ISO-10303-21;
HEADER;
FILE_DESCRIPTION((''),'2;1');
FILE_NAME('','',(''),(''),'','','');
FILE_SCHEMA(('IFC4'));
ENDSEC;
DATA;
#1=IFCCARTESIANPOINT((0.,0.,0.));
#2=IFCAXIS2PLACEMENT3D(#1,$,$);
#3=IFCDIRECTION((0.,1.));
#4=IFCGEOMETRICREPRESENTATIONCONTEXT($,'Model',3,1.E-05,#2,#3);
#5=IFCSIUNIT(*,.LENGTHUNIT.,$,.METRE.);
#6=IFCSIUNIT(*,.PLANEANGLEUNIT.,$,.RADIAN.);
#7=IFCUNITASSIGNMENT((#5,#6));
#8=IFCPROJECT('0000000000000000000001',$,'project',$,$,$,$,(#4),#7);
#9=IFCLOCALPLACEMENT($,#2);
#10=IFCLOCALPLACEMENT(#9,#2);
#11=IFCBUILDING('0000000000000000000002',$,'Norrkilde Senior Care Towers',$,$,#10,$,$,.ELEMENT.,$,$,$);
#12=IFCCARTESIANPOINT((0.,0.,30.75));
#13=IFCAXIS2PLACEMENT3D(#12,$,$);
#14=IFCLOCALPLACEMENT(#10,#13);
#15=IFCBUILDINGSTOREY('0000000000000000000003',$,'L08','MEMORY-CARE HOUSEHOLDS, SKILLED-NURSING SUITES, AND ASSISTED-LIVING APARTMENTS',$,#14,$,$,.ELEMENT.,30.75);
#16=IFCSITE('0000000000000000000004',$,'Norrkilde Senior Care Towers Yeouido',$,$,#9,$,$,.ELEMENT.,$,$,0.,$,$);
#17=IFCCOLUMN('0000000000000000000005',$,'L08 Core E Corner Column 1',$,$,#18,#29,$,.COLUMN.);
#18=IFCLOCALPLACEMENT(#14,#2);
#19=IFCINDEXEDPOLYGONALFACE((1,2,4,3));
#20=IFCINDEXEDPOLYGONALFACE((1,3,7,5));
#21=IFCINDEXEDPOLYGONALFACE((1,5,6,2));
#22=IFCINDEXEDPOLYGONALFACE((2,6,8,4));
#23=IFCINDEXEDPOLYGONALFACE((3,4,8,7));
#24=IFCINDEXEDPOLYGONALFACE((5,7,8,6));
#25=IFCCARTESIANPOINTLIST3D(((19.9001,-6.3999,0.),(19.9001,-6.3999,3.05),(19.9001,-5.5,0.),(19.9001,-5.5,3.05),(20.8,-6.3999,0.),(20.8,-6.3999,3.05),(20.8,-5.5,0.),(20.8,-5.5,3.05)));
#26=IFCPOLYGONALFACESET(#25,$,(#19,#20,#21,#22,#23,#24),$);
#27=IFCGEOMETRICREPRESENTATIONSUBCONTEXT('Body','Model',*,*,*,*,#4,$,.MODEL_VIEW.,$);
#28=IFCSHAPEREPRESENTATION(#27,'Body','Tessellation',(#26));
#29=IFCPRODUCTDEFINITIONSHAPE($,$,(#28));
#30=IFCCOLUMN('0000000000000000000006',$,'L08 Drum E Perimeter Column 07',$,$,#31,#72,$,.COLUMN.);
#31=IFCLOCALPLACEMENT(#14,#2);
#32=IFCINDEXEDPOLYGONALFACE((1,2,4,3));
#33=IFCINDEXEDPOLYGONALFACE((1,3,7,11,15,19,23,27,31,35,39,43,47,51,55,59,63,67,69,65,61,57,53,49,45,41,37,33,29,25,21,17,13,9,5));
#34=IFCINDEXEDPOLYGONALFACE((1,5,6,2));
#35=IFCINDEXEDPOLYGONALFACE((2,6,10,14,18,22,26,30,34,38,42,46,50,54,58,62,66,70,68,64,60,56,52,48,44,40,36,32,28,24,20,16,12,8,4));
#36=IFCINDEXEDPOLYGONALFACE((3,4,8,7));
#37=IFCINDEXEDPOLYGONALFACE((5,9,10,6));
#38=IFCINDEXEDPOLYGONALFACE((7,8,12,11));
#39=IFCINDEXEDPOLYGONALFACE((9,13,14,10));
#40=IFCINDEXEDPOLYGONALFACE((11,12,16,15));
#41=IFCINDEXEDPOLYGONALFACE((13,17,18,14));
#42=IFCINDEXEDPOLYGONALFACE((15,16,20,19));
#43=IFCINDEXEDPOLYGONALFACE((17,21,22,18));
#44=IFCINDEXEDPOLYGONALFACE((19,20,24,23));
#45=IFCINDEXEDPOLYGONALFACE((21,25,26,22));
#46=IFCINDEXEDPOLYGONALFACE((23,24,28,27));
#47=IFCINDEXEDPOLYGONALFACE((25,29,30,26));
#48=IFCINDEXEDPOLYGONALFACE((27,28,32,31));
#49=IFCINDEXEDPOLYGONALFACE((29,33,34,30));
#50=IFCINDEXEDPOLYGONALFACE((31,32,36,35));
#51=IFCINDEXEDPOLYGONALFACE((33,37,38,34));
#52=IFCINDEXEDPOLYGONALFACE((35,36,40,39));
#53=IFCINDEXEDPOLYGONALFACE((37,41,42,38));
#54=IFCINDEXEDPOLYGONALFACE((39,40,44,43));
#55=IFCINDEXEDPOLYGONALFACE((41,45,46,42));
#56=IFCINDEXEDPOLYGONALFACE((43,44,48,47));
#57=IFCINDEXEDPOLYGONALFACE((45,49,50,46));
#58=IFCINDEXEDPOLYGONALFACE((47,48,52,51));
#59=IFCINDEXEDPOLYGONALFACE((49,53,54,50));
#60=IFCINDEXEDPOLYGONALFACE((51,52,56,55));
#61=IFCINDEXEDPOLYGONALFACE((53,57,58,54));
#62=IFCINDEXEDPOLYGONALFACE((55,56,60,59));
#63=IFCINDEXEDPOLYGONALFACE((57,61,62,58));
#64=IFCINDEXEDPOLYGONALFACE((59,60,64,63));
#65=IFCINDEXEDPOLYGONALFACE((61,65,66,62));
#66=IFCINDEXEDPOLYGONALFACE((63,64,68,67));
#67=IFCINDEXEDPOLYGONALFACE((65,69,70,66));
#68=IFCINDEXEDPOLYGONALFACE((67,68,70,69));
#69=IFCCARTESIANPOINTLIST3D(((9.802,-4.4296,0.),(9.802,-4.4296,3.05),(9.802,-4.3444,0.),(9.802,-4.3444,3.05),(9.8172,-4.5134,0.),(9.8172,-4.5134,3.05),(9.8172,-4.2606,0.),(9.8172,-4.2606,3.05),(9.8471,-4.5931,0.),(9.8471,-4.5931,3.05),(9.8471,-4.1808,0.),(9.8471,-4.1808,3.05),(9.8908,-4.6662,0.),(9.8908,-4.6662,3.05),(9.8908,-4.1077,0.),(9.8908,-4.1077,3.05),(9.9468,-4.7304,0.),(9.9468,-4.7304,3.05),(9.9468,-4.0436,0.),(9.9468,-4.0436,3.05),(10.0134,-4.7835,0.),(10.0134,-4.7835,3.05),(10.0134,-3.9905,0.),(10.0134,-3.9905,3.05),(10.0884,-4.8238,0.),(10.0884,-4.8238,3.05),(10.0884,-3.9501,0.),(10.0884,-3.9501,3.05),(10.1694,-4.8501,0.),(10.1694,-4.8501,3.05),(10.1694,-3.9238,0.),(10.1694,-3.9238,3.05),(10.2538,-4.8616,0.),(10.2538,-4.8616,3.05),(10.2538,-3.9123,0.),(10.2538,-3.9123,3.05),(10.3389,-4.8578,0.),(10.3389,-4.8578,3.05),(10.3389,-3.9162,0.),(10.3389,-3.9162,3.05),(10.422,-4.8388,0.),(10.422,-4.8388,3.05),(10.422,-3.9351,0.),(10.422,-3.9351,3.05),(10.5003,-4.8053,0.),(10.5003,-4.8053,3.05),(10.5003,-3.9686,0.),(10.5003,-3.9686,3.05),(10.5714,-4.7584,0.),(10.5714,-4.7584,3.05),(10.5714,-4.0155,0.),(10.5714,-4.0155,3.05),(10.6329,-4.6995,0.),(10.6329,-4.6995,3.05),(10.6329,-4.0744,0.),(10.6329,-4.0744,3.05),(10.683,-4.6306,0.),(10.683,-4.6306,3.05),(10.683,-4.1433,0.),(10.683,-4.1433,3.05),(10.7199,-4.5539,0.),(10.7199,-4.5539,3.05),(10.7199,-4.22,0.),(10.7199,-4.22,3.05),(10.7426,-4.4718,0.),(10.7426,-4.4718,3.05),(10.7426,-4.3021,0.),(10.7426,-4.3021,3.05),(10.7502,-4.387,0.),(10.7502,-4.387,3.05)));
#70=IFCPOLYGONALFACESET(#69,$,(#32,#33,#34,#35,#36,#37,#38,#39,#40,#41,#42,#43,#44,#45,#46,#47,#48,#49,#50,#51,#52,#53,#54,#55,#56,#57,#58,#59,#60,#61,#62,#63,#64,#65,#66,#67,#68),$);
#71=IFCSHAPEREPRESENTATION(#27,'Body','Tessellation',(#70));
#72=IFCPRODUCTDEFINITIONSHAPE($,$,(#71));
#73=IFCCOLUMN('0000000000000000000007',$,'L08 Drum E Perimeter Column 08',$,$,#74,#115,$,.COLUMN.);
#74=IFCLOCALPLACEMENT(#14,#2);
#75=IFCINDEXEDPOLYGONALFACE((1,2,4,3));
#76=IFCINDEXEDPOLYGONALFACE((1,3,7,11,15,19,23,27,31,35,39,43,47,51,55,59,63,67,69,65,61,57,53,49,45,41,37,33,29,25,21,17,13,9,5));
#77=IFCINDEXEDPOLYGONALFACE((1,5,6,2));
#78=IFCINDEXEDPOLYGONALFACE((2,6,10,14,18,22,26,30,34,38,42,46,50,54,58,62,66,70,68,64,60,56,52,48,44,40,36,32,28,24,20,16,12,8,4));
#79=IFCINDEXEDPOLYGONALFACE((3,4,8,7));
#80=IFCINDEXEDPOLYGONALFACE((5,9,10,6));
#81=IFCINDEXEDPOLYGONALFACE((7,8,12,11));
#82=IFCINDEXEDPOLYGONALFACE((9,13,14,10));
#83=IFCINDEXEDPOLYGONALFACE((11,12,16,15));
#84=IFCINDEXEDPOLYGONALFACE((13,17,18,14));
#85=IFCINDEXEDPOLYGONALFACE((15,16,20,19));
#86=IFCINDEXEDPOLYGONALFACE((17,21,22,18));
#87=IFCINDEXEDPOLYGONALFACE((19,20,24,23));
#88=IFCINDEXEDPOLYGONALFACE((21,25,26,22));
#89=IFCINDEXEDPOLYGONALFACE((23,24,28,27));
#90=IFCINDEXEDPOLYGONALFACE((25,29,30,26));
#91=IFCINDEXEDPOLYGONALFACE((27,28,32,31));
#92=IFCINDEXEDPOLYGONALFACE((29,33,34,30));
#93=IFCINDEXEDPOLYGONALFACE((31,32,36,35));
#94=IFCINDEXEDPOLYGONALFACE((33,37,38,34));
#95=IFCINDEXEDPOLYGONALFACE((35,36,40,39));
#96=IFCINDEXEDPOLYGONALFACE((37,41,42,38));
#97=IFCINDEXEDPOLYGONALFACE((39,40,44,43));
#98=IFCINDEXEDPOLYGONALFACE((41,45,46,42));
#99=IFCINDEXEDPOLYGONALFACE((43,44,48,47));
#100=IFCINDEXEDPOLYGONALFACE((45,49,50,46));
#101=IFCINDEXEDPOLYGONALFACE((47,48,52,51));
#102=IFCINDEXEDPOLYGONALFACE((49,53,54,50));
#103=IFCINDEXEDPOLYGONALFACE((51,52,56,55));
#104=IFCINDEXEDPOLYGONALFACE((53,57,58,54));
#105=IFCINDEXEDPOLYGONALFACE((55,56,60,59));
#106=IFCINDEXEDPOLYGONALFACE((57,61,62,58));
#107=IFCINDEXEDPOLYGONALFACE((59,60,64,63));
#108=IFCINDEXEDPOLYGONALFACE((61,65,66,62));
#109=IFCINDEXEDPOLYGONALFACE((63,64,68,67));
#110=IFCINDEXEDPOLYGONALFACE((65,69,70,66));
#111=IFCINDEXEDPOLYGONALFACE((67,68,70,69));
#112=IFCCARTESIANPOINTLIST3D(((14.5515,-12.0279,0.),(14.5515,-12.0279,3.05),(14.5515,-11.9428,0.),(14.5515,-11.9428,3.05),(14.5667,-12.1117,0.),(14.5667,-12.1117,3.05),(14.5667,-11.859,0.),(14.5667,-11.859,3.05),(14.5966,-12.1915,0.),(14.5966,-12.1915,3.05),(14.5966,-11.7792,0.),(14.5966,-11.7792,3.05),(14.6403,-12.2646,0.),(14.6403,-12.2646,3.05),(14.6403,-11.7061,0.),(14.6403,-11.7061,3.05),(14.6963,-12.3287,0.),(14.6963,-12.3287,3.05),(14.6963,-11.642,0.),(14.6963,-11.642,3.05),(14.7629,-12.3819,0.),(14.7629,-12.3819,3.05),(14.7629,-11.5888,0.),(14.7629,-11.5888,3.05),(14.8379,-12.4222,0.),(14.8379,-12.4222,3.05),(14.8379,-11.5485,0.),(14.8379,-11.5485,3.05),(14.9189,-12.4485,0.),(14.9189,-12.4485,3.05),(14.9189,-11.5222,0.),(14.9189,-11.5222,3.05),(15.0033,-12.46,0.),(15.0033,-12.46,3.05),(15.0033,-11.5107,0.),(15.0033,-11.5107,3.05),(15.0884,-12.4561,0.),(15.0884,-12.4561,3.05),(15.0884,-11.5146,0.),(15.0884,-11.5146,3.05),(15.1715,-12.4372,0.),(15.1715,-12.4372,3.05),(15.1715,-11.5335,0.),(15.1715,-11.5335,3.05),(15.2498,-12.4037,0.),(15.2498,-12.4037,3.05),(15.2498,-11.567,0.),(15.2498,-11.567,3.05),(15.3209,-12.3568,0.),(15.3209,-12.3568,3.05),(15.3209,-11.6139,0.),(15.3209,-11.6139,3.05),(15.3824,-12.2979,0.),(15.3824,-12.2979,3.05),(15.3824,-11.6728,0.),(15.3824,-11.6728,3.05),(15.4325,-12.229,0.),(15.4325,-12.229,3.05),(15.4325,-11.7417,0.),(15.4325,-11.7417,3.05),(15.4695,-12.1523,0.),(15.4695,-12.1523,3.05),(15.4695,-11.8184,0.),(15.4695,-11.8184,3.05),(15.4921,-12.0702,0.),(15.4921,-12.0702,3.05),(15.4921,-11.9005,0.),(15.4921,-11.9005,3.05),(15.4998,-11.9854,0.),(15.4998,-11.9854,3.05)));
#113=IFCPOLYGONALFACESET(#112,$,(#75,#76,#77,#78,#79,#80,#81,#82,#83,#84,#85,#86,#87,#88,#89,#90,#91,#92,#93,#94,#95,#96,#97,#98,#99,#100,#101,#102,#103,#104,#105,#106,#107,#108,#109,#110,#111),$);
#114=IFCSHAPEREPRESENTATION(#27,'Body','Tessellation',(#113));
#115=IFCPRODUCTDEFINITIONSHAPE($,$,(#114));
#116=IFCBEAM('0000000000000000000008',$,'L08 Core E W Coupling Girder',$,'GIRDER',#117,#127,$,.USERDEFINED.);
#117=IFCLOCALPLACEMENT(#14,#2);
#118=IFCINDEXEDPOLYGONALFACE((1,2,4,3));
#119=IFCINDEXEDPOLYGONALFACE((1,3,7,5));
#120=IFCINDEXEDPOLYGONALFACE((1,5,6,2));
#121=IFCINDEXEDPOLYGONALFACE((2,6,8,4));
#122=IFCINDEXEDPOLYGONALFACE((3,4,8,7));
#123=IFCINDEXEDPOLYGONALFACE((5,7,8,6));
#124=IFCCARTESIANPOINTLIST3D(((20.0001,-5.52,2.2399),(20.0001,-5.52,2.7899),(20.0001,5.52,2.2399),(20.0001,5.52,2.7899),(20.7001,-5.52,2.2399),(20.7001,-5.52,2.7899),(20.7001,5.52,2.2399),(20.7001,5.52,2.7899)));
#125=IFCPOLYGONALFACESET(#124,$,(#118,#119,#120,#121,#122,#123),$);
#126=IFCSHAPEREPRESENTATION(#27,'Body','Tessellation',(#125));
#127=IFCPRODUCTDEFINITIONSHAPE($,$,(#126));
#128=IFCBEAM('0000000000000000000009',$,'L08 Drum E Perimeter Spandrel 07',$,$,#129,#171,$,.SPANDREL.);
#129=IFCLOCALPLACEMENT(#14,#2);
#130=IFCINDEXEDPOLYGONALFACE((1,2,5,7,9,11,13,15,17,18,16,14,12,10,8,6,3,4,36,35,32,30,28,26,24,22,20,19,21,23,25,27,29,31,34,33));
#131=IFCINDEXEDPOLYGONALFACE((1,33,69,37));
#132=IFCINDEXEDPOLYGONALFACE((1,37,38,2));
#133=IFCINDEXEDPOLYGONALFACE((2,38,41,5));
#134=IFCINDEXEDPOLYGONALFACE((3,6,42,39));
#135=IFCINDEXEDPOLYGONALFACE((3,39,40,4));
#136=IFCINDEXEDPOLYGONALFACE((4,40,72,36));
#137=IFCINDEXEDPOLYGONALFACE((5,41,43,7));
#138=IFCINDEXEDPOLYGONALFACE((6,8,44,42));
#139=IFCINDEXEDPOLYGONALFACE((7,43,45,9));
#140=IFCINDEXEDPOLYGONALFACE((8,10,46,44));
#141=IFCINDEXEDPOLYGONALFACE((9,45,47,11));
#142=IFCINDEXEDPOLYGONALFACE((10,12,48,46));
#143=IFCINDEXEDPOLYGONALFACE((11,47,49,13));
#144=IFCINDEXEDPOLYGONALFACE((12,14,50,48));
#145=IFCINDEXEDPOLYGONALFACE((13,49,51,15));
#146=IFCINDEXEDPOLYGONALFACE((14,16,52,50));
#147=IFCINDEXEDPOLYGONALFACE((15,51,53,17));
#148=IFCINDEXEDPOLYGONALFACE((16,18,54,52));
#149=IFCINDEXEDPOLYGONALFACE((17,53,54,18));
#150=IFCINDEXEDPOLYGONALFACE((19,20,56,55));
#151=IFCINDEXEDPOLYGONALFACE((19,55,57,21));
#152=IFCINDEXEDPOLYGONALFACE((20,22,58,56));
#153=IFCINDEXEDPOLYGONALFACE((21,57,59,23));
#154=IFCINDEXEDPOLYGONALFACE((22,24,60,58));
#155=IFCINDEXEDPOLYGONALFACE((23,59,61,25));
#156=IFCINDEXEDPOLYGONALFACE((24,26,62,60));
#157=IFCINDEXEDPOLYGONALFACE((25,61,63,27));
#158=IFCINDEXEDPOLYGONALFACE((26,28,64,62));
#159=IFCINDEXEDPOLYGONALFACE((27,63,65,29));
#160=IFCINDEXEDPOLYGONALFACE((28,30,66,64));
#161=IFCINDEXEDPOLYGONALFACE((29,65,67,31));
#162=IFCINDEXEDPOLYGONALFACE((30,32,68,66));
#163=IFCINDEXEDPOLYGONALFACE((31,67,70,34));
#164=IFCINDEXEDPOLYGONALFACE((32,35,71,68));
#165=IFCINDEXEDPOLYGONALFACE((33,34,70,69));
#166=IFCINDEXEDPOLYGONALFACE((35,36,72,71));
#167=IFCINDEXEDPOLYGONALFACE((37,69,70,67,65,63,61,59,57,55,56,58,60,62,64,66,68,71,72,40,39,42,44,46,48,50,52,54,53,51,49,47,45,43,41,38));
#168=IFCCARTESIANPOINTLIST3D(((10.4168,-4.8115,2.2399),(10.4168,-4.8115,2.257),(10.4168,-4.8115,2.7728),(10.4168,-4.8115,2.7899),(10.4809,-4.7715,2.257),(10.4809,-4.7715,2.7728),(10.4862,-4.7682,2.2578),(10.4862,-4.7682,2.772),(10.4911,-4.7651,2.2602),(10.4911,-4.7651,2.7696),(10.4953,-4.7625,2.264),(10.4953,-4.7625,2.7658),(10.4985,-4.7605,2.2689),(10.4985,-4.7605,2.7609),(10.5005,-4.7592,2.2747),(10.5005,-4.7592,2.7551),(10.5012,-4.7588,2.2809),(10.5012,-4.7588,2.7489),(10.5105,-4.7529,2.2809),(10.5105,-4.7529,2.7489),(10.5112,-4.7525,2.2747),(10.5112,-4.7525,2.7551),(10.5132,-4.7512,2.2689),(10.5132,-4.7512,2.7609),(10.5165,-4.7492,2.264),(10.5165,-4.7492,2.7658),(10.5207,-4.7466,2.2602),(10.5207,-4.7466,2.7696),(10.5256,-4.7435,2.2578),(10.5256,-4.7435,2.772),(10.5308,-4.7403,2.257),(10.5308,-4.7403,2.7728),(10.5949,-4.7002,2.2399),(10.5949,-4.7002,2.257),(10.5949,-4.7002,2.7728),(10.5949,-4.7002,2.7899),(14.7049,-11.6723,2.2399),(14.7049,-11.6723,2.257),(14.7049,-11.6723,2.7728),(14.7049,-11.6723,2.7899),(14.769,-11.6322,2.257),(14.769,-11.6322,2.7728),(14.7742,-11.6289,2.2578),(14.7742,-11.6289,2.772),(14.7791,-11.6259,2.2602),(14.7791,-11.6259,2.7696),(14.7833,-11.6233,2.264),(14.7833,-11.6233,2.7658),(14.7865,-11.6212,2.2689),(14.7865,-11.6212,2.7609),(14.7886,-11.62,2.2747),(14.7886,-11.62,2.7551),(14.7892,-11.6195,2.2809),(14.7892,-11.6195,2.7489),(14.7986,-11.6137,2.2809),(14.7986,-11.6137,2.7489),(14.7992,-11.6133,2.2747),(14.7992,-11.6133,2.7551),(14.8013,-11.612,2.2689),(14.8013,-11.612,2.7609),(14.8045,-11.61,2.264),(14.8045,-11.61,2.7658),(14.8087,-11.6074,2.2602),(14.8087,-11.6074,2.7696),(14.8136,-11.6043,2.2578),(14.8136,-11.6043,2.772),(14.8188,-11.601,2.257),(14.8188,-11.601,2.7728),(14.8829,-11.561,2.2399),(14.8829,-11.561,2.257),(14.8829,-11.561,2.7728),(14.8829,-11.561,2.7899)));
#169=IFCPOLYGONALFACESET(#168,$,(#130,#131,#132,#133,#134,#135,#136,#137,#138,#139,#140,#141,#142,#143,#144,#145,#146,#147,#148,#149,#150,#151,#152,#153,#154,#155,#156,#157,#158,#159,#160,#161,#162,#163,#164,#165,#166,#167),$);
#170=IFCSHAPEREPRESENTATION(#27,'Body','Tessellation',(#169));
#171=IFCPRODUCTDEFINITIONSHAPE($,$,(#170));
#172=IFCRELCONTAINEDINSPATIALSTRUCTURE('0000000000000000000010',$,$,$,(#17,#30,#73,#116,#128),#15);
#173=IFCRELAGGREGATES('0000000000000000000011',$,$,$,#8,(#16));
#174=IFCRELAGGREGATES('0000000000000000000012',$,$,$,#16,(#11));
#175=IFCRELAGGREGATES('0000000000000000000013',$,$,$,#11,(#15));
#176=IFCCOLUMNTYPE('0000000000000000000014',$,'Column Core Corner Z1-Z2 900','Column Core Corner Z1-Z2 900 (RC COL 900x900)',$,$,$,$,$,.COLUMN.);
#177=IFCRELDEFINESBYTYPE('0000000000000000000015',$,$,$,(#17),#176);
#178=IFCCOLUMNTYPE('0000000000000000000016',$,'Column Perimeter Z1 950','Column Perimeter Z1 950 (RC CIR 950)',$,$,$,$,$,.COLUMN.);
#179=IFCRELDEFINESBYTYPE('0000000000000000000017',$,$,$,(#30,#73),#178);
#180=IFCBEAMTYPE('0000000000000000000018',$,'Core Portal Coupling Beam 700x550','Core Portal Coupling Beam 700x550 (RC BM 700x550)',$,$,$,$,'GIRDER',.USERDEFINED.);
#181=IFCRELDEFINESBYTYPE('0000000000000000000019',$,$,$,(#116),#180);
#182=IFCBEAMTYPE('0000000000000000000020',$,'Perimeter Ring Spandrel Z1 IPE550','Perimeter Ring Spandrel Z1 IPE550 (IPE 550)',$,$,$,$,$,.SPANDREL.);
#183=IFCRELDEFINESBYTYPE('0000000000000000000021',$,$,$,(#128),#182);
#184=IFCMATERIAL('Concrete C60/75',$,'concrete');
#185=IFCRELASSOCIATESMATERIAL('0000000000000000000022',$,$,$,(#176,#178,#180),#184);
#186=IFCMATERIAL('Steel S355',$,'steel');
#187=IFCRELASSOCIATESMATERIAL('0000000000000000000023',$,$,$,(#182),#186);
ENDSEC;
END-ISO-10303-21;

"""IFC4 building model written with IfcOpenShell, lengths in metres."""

from ifc_helpers import new_model, si_unit, direction, frame, origin, origin_2d, place, context, subcontext, project, spatial, rectangle, circle, i_section, extrude, source, transform, mapped, material, material_profile, profile_set, type_object, type_shapes, element, save


model = new_model("IFC4")

# Units and contexts
model_context = context("Model", 3, precision=1e-05, world=origin(), true_north=direction((0.0, 1.0)))
body_context = subcontext(model_context, "Body", "Model", "MODEL_VIEW")
ifc_project = project(units=[si_unit("LENGTHUNIT", "METRE"), si_unit("PLANEANGLEUNIT", "RADIAN")], contexts=[model_context])

# Site, building, storey
site_placement = place(None, origin())
site = spatial("IfcSite", under=ifc_project, at=site_placement, Name="Norrkilde Senior Care Towers Yeouido", CompositionType="ELEMENT", RefElevation=0.0)
building_placement = place(site_placement, origin())
building = spatial("IfcBuilding", under=site, at=building_placement, Name="Norrkilde Senior Care Towers", CompositionType="ELEMENT")
storey_placement = place(building_placement, frame((0.0, 0.0, 30.75)))
storey = spatial("IfcBuildingStorey", under=building, at=storey_placement, Name="L08", Description="MEMORY-CARE HOUSEHOLDS, SKILLED-NURSING SUITES, AND ASSISTED-LIVING APARTMENTS", CompositionType="ELEMENT", Elevation=30.75)

# Columns
ifc_material_1 = material(Name="Concrete C60/75", Category="concrete")
ifc_material_profile_1 = material_profile(ifc_material_1, rectangle(XDim=0.8999, YDim=0.8999, at=origin_2d()), Name="RC COL 900x900")
ifc_profile_set_1 = profile_set([ifc_material_profile_1], Name="Concrete C60/75")
column_type_1 = type_object("IfcColumnType", Name="Column Core Corner Z1-Z2 900", Description="Column Core Corner Z1-Z2 900 (RC COL 900x900)", PredefinedType="COLUMN", material=ifc_profile_set_1)
shared_shape_1 = source(origin(), body_context, "Body", "SweptSolid", [
    extrude(rectangle(XDim=0.8999, YDim=0.8999, at=origin_2d()), origin(), (0.0, 0.0, 1.0), 3.05),
])
type_shapes(column_type_1, [shared_shape_1])
column_placement = place(storey_placement, frame((20.3501, -5.95, 0.0), z_axis=(0.0, 0.0, 1.0), x_axis=(1.0, 0.0, 0.0)))
element("IfcColumn", 1, at=column_placement, inside=storey, type_object=column_type_1, Name="L08 Core E Corner Column 1", PredefinedType="COLUMN", context=body_context, shape_type="MappedRepresentation", body=[
    mapped(shared_shape_1, transform((0.0, 0.0, 0.0), x_axis=(1.0, 0.0, 0.0), y_axis=(0.0, 1.0, 0.0), z_axis=(0.0, 0.0, 1.0), scale=1.0)),
])
ifc_material_profile_2 = material_profile(ifc_material_1, circle(Radius=0.4751, at=origin_2d()), Name="RC CIR 950")
ifc_profile_set_2 = profile_set([ifc_material_profile_2], Name="Concrete C60/75")
column_type_2 = type_object("IfcColumnType", Name="Column Perimeter Z1 950", Description="Column Perimeter Z1 950 (RC CIR 950)", PredefinedType="COLUMN", material=ifc_profile_set_2)
shared_shape_2 = source(origin(), body_context, "Body", "SweptSolid", [
    extrude(circle(Radius=0.4751, at=origin_2d()), origin(), (0.0, 0.0, 1.0), 3.05),
])
type_shapes(column_type_2, [shared_shape_2])
for number, where, z_axis, x_axis, name in (
    (2, (10.2751, -4.387, 0.0), (0.0, 0.0, 1.0), (1.0, 0.0, 0.0), "L08 Drum E Perimeter Column 07"),
    (3, (15.0247, -11.9854, 0.0), (0.0, 0.0, 1.0), (1.0, 0.0, 0.0), "L08 Drum E Perimeter Column 08"),
):
    element("IfcColumn", number, at=place(storey_placement, frame(where, z_axis=z_axis, x_axis=x_axis)), inside=storey, type_object=column_type_2, Name=name, PredefinedType="COLUMN", context=body_context, shape_type="MappedRepresentation", body=[
        mapped(shared_shape_2, transform((0.0, 0.0, 0.0), x_axis=(1.0, 0.0, 0.0), y_axis=(0.0, 1.0, 0.0), z_axis=(0.0, 0.0, 1.0), scale=1.0)),
    ])

# Beams
ifc_material_profile_3 = material_profile(ifc_material_1, rectangle(XDim=0.7, YDim=0.55, at=origin_2d()), Name="RC BM 700x550")
ifc_profile_set_3 = profile_set([ifc_material_profile_3], Name="Concrete C60/75")
beam_type_1 = type_object("IfcBeamType", Name="Core Portal Coupling Beam 700x550", Description="Core Portal Coupling Beam 700x550 (RC BM 700x550)", ElementType="GIRDER", PredefinedType="USERDEFINED", material=ifc_profile_set_3)
shared_shape_3 = source(origin(), body_context, "Body", "SweptSolid", [
    extrude(rectangle(XDim=0.7, YDim=0.55, at=origin_2d()), origin(), (0.0, 0.0, 1.0), 11.04),
])
type_shapes(beam_type_1, [shared_shape_3])
beam_1_placement = place(storey_placement, frame((20.3501, -5.52, 2.5149), z_axis=(0.0, 1.0, 0.0), x_axis=(-1.0, 0.0, 0.0)))
element("IfcBeam", 4, at=beam_1_placement, inside=storey, type_object=beam_type_1, Name="L08 Core E W Coupling Girder", ObjectType="GIRDER", PredefinedType="USERDEFINED", context=body_context, shape_type="MappedRepresentation", body=[
    mapped(shared_shape_3, transform((0.0, 0.0, 0.0), x_axis=(1.0, 0.0, 0.0), y_axis=(0.0, 1.0, 0.0), z_axis=(0.0, 0.0, 1.0), scale=1.0)),
])
ifc_material_2 = material(Name="Steel S355", Category="steel")
ifc_material_profile_4 = material_profile(ifc_material_2, i_section(OverallWidth=0.21, OverallDepth=0.55, WebThickness=0.011, FlangeThickness=0.0171, FilletRadius=0.0239, at=origin_2d()), Name="IPE 550")
ifc_profile_set_4 = profile_set([ifc_material_profile_4], Name="Steel S355")
beam_type_2 = type_object("IfcBeamType", Name="Perimeter Ring Spandrel Z1 IPE550", Description="Perimeter Ring Spandrel Z1 IPE550 (IPE 550)", PredefinedType="SPANDREL", material=ifc_profile_set_4)
shared_shape_4 = source(origin(), body_context, "Body", "SweptSolid", [
    extrude(i_section(OverallWidth=0.21, OverallDepth=0.55, WebThickness=0.011, FlangeThickness=0.0171, FilletRadius=0.0239, at=origin_2d()), origin(), (0.0, 0.0, 1.0), 8.0906),
])
beam_2_placement = place(storey_placement, frame((10.5059, -4.7559, 2.5149), z_axis=(0.530004, -0.847995, 0.0), x_axis=(0.847995, 0.530004, 0.0)))
element("IfcBeam", 5, at=beam_2_placement, inside=storey, type_object=beam_type_2, Name="L08 Drum E Perimeter Spandrel 07", PredefinedType="SPANDREL", context=body_context, shape_type="MappedRepresentation", body=[
    mapped(shared_shape_4, transform((0.0, 0.0, 0.0), x_axis=(1.0, 0.0, 0.0), y_axis=(0.0, 1.0, 0.0), z_axis=(0.0, 0.0, 1.0), scale=1.0)),
])

save(model, "model.ifc")
